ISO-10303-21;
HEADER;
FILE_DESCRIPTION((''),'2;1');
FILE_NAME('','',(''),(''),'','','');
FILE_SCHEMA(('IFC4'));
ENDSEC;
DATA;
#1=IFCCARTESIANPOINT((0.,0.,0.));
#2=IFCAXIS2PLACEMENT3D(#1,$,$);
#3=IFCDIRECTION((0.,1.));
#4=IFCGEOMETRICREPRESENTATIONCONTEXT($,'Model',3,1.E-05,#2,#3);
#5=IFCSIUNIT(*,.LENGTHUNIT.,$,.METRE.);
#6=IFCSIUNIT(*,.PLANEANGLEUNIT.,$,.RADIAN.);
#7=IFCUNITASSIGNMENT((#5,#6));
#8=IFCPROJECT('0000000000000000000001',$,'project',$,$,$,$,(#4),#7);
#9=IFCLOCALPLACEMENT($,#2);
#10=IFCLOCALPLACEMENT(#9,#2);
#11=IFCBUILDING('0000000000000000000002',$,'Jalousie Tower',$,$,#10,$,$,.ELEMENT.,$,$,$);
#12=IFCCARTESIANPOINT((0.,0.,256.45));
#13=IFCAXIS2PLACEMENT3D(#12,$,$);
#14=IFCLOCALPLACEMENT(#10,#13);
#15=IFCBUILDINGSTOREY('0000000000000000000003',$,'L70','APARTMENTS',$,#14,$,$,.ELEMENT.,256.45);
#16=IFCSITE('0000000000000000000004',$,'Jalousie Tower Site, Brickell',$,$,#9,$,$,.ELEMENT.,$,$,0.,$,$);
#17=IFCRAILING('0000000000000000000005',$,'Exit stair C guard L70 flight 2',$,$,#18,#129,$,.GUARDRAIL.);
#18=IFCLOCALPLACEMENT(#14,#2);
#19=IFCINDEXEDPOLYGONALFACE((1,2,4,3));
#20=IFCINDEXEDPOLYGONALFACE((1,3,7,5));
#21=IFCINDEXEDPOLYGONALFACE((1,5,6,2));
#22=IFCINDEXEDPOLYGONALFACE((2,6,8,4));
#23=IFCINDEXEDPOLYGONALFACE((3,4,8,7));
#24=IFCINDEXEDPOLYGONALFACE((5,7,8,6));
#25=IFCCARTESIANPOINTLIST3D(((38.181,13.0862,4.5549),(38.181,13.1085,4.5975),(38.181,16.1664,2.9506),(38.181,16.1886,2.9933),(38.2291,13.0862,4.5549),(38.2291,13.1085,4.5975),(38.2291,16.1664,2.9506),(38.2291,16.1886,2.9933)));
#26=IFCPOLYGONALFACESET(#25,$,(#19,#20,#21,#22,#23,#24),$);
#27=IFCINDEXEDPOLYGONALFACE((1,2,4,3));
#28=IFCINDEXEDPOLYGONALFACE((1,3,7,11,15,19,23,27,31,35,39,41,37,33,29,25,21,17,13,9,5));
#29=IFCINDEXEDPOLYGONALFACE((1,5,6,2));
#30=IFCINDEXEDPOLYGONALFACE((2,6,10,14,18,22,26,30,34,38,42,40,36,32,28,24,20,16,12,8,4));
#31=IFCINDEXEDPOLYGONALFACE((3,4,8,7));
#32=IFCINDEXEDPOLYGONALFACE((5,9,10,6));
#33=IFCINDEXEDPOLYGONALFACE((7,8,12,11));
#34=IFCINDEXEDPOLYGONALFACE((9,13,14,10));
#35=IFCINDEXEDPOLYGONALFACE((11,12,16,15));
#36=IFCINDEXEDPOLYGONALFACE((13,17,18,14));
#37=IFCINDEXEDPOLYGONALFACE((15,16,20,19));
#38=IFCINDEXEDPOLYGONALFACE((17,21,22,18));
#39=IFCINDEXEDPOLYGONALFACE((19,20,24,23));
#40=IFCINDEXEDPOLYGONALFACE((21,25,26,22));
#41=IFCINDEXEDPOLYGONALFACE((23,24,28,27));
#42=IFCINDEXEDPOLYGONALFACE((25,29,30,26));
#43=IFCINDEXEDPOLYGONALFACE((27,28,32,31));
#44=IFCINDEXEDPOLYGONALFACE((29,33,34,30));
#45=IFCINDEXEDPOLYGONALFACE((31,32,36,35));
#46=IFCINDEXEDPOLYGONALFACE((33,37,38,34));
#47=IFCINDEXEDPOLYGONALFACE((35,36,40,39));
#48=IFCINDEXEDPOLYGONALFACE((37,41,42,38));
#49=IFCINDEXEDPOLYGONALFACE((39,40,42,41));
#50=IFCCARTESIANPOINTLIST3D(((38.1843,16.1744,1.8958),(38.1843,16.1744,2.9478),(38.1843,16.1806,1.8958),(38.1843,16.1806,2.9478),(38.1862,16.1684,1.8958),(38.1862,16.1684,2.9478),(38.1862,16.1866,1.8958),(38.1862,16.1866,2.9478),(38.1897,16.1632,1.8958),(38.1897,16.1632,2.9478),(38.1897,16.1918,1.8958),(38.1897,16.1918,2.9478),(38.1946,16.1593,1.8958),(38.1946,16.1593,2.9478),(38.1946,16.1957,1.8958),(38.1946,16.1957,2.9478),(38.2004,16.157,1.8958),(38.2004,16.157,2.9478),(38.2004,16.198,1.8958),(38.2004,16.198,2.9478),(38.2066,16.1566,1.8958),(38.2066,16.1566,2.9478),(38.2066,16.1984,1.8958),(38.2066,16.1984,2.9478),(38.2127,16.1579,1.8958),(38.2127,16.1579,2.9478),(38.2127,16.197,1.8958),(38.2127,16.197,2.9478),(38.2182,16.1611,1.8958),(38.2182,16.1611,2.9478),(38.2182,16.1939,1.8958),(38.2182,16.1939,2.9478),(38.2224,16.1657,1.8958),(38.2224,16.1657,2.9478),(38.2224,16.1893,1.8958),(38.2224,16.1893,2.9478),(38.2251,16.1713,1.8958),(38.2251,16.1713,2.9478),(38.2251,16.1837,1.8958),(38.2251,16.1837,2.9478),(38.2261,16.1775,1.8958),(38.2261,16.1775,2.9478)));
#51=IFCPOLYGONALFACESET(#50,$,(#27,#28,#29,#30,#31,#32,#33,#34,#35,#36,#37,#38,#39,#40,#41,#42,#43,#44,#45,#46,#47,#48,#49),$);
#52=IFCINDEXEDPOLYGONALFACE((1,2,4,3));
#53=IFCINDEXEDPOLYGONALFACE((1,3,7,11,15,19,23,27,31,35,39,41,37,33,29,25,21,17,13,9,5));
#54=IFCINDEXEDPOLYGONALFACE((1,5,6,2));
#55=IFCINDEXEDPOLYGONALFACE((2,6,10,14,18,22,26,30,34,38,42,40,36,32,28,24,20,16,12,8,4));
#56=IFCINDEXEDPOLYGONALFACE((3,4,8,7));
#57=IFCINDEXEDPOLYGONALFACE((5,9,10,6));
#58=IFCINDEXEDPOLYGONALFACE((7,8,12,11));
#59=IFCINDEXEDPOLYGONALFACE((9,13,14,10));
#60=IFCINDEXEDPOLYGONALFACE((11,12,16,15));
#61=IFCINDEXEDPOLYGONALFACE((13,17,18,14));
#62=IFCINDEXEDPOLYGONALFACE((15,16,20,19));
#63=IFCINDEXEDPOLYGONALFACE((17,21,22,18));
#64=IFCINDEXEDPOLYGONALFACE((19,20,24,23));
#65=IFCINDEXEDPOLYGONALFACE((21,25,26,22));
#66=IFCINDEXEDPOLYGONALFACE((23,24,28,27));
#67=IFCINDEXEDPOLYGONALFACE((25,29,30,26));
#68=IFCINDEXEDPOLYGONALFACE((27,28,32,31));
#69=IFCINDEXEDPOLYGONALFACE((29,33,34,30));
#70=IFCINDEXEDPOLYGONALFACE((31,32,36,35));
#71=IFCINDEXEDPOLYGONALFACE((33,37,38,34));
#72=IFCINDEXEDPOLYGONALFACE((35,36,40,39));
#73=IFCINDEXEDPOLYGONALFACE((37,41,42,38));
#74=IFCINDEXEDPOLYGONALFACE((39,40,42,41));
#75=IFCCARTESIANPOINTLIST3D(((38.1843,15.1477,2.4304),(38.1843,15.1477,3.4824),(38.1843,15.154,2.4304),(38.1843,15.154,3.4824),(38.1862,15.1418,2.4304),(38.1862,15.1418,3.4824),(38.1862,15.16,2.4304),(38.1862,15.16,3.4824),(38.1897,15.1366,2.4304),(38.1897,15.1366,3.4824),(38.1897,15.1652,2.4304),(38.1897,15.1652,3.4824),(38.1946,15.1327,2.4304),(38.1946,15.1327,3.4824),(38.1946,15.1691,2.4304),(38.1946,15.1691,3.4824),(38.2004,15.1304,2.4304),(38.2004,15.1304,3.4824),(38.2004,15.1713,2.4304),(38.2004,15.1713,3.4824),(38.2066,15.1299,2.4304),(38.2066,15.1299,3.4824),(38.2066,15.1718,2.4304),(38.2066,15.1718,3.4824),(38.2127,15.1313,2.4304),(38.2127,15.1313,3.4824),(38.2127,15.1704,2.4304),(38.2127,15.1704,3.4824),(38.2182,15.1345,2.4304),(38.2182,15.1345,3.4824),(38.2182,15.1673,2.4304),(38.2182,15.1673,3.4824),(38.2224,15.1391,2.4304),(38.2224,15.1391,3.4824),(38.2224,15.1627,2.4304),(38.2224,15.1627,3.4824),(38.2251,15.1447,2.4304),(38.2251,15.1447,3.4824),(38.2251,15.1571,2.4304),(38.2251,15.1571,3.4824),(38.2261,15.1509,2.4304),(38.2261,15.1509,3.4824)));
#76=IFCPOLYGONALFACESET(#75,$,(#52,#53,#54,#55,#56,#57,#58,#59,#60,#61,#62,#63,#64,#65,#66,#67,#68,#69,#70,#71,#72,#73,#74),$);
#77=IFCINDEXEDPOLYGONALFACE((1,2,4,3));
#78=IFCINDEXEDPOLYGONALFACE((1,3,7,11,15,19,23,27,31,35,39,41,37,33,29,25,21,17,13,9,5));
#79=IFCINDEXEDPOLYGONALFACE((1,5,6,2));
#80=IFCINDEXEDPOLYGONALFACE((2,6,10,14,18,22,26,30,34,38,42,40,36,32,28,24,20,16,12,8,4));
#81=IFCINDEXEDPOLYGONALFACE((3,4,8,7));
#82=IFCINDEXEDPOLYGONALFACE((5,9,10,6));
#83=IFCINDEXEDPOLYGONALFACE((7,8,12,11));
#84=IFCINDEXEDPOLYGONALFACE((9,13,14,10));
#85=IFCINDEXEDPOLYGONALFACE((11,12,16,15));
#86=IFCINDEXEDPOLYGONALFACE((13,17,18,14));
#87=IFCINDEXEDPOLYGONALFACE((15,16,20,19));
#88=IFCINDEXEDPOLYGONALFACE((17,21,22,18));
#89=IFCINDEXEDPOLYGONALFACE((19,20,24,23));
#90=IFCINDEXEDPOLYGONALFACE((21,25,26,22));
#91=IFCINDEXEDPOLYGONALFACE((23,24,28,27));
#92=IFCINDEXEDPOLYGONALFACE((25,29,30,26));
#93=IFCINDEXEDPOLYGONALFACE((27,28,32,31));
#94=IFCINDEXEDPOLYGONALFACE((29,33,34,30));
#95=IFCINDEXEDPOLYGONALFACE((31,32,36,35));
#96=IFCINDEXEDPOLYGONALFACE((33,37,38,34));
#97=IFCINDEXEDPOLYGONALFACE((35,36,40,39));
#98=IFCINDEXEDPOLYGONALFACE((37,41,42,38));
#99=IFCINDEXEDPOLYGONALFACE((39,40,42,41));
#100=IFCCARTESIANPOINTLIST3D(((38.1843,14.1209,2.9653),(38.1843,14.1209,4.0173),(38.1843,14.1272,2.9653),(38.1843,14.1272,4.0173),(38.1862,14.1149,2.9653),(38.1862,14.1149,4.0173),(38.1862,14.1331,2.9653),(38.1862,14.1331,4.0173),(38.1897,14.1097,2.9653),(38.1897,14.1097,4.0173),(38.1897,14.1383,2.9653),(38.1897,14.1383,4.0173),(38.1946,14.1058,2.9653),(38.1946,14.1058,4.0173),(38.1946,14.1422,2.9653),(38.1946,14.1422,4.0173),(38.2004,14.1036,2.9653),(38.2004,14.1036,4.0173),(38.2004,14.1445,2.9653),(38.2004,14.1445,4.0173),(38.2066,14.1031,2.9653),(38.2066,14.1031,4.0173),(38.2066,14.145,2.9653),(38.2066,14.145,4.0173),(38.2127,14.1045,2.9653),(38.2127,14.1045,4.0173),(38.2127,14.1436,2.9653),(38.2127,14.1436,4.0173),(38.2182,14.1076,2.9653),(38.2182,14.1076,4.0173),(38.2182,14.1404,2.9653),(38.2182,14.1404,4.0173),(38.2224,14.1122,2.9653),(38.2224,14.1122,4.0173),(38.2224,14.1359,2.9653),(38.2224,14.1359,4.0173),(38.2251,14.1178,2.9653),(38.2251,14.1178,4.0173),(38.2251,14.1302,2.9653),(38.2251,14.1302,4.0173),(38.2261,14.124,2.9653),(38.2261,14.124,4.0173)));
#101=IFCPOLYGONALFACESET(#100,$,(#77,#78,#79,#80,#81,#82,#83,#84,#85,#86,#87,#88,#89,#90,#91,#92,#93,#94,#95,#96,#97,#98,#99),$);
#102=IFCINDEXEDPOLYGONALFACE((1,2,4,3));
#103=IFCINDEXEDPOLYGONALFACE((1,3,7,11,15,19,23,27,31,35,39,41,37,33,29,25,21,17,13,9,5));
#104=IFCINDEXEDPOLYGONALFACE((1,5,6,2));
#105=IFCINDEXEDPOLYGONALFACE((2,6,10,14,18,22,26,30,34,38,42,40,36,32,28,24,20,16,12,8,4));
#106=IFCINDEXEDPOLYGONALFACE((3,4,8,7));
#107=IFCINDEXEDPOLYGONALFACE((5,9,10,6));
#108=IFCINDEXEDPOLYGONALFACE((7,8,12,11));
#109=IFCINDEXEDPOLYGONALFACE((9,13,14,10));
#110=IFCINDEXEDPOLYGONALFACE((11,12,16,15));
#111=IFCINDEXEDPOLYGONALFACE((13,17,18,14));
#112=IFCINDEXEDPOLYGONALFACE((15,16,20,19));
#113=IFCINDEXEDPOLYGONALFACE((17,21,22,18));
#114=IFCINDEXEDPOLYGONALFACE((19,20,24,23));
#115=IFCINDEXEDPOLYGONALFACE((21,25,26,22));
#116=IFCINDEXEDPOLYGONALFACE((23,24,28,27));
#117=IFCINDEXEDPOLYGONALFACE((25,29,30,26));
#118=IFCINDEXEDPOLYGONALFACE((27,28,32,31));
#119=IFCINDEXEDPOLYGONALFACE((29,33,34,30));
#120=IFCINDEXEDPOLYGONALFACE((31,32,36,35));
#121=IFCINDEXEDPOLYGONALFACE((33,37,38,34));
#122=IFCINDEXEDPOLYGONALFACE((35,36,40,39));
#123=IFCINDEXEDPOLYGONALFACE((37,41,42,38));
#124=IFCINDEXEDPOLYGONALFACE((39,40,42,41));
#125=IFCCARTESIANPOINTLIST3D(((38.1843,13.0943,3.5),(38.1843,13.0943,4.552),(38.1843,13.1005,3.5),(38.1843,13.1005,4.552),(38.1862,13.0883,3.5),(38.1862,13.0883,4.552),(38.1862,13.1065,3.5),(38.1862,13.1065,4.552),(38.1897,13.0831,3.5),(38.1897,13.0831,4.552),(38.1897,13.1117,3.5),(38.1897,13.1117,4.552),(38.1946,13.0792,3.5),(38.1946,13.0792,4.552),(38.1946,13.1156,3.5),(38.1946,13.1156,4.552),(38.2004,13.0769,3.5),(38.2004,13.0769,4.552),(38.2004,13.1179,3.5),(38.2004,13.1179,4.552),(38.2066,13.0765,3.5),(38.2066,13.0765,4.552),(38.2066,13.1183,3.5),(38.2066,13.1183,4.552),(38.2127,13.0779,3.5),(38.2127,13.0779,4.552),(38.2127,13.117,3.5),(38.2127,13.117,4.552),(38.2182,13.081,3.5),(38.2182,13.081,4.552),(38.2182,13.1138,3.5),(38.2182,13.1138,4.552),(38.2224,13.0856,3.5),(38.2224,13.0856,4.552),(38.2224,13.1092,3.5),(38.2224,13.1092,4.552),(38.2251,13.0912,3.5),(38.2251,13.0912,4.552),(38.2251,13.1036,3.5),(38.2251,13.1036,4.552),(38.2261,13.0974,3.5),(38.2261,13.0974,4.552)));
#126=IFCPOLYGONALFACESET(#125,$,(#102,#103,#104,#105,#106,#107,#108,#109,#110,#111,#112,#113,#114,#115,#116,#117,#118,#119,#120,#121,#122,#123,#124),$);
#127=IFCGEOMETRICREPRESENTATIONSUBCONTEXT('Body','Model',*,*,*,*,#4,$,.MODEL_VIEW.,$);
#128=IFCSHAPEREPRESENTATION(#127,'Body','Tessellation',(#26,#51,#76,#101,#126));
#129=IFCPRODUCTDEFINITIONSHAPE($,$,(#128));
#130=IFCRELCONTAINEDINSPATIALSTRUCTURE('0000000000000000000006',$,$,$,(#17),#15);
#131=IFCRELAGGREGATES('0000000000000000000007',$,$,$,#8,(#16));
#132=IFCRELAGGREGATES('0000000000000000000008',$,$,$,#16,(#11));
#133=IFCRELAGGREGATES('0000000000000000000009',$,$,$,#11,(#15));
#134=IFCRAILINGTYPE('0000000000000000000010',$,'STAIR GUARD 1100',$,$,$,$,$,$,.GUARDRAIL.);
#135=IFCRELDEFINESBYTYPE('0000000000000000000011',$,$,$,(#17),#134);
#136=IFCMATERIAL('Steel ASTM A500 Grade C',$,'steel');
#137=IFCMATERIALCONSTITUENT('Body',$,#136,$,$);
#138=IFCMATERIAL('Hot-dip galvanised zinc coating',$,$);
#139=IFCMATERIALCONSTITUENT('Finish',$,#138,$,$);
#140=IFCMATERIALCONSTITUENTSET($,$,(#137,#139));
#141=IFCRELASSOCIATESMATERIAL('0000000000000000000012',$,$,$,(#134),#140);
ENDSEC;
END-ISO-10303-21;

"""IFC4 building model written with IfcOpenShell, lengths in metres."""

from ifc_helpers import new_model, si_unit, direction, frame, origin, origin_2d, place, context, subcontext, project, spatial, rectangle, circle, extrude, material, constituent, constituent_set, type_object, element, save


model = new_model("IFC4")

# Units and contexts
model_context = context("Model", 3, precision=1e-05, world=origin(), true_north=direction((0.0, 1.0)))
body_context = subcontext(model_context, "Body", "Model", "MODEL_VIEW")
ifc_project = project(units=[si_unit("LENGTHUNIT", "METRE"), si_unit("PLANEANGLEUNIT", "RADIAN")], contexts=[model_context])

# Site, building, storey
site_placement = place(None, origin())
site = spatial("IfcSite", under=ifc_project, at=site_placement, Name="Jalousie Tower Site, Brickell", CompositionType="ELEMENT", RefElevation=0.0)
building_placement = place(site_placement, origin())
building = spatial("IfcBuilding", under=site, at=building_placement, Name="Jalousie Tower", CompositionType="ELEMENT")
storey_placement = place(building_placement, frame((0.0, 0.0, 256.45)))
storey = spatial("IfcBuildingStorey", under=building, at=storey_placement, Name="L70", Description="APARTMENTS", CompositionType="ELEMENT", Elevation=256.45)

# Railing
ifc_material_1 = material(Name="Steel ASTM A500 Grade C", Category="steel")
ifc_constituent_1 = constituent(ifc_material_1, Name="Body")
ifc_material_2 = material(Name="Hot-dip galvanised zinc coating")
ifc_constituent_2 = constituent(ifc_material_2, Name="Finish")
ifc_constituent_set_1 = constituent_set(constituents=[ifc_constituent_1, ifc_constituent_2])
railing_type_1 = type_object("IfcRailingType", Name="STAIR GUARD 1100", PredefinedType="GUARDRAIL", material=ifc_constituent_set_1)
railing_1_placement = place(storey_placement, frame((38.2051, 16.1775, 1.8958)))
element("IfcRailing", 1, at=railing_1_placement, inside=storey, type_object=railing_type_1, Name="Exit stair C guard L70 flight 2", PredefinedType="GUARDRAIL", context=body_context, shape_type="SweptSolid", body=[
    extrude(rectangle(XDim=0.0481, YDim=0.0481, at=origin_2d()), frame((0.0, 0.0, 1.0762), z_axis=(0.0, -0.886909, 0.461944), x_axis=(1.0, 0.0, 0.0)), (0.0, 0.0, 1.0), 3.4729),
    extrude(circle(Radius=0.021, at=origin_2d()), origin(), (0.0, 0.0, 1.0), 1.052),
    extrude(circle(Radius=0.021, at=origin_2d()), frame((0.0, -1.0266, 0.5347)), (0.0, 0.0, 1.0), 1.052),
    extrude(circle(Radius=0.021, at=origin_2d()), frame((0.0, -2.0535, 1.0696)), (0.0, 0.0, 1.0), 1.052),
    extrude(circle(Radius=0.021, at=origin_2d()), frame((0.0, -3.0801, 1.6042)), (0.0, 0.0, 1.0), 1.052),
])

save(model, "model.ifc")
